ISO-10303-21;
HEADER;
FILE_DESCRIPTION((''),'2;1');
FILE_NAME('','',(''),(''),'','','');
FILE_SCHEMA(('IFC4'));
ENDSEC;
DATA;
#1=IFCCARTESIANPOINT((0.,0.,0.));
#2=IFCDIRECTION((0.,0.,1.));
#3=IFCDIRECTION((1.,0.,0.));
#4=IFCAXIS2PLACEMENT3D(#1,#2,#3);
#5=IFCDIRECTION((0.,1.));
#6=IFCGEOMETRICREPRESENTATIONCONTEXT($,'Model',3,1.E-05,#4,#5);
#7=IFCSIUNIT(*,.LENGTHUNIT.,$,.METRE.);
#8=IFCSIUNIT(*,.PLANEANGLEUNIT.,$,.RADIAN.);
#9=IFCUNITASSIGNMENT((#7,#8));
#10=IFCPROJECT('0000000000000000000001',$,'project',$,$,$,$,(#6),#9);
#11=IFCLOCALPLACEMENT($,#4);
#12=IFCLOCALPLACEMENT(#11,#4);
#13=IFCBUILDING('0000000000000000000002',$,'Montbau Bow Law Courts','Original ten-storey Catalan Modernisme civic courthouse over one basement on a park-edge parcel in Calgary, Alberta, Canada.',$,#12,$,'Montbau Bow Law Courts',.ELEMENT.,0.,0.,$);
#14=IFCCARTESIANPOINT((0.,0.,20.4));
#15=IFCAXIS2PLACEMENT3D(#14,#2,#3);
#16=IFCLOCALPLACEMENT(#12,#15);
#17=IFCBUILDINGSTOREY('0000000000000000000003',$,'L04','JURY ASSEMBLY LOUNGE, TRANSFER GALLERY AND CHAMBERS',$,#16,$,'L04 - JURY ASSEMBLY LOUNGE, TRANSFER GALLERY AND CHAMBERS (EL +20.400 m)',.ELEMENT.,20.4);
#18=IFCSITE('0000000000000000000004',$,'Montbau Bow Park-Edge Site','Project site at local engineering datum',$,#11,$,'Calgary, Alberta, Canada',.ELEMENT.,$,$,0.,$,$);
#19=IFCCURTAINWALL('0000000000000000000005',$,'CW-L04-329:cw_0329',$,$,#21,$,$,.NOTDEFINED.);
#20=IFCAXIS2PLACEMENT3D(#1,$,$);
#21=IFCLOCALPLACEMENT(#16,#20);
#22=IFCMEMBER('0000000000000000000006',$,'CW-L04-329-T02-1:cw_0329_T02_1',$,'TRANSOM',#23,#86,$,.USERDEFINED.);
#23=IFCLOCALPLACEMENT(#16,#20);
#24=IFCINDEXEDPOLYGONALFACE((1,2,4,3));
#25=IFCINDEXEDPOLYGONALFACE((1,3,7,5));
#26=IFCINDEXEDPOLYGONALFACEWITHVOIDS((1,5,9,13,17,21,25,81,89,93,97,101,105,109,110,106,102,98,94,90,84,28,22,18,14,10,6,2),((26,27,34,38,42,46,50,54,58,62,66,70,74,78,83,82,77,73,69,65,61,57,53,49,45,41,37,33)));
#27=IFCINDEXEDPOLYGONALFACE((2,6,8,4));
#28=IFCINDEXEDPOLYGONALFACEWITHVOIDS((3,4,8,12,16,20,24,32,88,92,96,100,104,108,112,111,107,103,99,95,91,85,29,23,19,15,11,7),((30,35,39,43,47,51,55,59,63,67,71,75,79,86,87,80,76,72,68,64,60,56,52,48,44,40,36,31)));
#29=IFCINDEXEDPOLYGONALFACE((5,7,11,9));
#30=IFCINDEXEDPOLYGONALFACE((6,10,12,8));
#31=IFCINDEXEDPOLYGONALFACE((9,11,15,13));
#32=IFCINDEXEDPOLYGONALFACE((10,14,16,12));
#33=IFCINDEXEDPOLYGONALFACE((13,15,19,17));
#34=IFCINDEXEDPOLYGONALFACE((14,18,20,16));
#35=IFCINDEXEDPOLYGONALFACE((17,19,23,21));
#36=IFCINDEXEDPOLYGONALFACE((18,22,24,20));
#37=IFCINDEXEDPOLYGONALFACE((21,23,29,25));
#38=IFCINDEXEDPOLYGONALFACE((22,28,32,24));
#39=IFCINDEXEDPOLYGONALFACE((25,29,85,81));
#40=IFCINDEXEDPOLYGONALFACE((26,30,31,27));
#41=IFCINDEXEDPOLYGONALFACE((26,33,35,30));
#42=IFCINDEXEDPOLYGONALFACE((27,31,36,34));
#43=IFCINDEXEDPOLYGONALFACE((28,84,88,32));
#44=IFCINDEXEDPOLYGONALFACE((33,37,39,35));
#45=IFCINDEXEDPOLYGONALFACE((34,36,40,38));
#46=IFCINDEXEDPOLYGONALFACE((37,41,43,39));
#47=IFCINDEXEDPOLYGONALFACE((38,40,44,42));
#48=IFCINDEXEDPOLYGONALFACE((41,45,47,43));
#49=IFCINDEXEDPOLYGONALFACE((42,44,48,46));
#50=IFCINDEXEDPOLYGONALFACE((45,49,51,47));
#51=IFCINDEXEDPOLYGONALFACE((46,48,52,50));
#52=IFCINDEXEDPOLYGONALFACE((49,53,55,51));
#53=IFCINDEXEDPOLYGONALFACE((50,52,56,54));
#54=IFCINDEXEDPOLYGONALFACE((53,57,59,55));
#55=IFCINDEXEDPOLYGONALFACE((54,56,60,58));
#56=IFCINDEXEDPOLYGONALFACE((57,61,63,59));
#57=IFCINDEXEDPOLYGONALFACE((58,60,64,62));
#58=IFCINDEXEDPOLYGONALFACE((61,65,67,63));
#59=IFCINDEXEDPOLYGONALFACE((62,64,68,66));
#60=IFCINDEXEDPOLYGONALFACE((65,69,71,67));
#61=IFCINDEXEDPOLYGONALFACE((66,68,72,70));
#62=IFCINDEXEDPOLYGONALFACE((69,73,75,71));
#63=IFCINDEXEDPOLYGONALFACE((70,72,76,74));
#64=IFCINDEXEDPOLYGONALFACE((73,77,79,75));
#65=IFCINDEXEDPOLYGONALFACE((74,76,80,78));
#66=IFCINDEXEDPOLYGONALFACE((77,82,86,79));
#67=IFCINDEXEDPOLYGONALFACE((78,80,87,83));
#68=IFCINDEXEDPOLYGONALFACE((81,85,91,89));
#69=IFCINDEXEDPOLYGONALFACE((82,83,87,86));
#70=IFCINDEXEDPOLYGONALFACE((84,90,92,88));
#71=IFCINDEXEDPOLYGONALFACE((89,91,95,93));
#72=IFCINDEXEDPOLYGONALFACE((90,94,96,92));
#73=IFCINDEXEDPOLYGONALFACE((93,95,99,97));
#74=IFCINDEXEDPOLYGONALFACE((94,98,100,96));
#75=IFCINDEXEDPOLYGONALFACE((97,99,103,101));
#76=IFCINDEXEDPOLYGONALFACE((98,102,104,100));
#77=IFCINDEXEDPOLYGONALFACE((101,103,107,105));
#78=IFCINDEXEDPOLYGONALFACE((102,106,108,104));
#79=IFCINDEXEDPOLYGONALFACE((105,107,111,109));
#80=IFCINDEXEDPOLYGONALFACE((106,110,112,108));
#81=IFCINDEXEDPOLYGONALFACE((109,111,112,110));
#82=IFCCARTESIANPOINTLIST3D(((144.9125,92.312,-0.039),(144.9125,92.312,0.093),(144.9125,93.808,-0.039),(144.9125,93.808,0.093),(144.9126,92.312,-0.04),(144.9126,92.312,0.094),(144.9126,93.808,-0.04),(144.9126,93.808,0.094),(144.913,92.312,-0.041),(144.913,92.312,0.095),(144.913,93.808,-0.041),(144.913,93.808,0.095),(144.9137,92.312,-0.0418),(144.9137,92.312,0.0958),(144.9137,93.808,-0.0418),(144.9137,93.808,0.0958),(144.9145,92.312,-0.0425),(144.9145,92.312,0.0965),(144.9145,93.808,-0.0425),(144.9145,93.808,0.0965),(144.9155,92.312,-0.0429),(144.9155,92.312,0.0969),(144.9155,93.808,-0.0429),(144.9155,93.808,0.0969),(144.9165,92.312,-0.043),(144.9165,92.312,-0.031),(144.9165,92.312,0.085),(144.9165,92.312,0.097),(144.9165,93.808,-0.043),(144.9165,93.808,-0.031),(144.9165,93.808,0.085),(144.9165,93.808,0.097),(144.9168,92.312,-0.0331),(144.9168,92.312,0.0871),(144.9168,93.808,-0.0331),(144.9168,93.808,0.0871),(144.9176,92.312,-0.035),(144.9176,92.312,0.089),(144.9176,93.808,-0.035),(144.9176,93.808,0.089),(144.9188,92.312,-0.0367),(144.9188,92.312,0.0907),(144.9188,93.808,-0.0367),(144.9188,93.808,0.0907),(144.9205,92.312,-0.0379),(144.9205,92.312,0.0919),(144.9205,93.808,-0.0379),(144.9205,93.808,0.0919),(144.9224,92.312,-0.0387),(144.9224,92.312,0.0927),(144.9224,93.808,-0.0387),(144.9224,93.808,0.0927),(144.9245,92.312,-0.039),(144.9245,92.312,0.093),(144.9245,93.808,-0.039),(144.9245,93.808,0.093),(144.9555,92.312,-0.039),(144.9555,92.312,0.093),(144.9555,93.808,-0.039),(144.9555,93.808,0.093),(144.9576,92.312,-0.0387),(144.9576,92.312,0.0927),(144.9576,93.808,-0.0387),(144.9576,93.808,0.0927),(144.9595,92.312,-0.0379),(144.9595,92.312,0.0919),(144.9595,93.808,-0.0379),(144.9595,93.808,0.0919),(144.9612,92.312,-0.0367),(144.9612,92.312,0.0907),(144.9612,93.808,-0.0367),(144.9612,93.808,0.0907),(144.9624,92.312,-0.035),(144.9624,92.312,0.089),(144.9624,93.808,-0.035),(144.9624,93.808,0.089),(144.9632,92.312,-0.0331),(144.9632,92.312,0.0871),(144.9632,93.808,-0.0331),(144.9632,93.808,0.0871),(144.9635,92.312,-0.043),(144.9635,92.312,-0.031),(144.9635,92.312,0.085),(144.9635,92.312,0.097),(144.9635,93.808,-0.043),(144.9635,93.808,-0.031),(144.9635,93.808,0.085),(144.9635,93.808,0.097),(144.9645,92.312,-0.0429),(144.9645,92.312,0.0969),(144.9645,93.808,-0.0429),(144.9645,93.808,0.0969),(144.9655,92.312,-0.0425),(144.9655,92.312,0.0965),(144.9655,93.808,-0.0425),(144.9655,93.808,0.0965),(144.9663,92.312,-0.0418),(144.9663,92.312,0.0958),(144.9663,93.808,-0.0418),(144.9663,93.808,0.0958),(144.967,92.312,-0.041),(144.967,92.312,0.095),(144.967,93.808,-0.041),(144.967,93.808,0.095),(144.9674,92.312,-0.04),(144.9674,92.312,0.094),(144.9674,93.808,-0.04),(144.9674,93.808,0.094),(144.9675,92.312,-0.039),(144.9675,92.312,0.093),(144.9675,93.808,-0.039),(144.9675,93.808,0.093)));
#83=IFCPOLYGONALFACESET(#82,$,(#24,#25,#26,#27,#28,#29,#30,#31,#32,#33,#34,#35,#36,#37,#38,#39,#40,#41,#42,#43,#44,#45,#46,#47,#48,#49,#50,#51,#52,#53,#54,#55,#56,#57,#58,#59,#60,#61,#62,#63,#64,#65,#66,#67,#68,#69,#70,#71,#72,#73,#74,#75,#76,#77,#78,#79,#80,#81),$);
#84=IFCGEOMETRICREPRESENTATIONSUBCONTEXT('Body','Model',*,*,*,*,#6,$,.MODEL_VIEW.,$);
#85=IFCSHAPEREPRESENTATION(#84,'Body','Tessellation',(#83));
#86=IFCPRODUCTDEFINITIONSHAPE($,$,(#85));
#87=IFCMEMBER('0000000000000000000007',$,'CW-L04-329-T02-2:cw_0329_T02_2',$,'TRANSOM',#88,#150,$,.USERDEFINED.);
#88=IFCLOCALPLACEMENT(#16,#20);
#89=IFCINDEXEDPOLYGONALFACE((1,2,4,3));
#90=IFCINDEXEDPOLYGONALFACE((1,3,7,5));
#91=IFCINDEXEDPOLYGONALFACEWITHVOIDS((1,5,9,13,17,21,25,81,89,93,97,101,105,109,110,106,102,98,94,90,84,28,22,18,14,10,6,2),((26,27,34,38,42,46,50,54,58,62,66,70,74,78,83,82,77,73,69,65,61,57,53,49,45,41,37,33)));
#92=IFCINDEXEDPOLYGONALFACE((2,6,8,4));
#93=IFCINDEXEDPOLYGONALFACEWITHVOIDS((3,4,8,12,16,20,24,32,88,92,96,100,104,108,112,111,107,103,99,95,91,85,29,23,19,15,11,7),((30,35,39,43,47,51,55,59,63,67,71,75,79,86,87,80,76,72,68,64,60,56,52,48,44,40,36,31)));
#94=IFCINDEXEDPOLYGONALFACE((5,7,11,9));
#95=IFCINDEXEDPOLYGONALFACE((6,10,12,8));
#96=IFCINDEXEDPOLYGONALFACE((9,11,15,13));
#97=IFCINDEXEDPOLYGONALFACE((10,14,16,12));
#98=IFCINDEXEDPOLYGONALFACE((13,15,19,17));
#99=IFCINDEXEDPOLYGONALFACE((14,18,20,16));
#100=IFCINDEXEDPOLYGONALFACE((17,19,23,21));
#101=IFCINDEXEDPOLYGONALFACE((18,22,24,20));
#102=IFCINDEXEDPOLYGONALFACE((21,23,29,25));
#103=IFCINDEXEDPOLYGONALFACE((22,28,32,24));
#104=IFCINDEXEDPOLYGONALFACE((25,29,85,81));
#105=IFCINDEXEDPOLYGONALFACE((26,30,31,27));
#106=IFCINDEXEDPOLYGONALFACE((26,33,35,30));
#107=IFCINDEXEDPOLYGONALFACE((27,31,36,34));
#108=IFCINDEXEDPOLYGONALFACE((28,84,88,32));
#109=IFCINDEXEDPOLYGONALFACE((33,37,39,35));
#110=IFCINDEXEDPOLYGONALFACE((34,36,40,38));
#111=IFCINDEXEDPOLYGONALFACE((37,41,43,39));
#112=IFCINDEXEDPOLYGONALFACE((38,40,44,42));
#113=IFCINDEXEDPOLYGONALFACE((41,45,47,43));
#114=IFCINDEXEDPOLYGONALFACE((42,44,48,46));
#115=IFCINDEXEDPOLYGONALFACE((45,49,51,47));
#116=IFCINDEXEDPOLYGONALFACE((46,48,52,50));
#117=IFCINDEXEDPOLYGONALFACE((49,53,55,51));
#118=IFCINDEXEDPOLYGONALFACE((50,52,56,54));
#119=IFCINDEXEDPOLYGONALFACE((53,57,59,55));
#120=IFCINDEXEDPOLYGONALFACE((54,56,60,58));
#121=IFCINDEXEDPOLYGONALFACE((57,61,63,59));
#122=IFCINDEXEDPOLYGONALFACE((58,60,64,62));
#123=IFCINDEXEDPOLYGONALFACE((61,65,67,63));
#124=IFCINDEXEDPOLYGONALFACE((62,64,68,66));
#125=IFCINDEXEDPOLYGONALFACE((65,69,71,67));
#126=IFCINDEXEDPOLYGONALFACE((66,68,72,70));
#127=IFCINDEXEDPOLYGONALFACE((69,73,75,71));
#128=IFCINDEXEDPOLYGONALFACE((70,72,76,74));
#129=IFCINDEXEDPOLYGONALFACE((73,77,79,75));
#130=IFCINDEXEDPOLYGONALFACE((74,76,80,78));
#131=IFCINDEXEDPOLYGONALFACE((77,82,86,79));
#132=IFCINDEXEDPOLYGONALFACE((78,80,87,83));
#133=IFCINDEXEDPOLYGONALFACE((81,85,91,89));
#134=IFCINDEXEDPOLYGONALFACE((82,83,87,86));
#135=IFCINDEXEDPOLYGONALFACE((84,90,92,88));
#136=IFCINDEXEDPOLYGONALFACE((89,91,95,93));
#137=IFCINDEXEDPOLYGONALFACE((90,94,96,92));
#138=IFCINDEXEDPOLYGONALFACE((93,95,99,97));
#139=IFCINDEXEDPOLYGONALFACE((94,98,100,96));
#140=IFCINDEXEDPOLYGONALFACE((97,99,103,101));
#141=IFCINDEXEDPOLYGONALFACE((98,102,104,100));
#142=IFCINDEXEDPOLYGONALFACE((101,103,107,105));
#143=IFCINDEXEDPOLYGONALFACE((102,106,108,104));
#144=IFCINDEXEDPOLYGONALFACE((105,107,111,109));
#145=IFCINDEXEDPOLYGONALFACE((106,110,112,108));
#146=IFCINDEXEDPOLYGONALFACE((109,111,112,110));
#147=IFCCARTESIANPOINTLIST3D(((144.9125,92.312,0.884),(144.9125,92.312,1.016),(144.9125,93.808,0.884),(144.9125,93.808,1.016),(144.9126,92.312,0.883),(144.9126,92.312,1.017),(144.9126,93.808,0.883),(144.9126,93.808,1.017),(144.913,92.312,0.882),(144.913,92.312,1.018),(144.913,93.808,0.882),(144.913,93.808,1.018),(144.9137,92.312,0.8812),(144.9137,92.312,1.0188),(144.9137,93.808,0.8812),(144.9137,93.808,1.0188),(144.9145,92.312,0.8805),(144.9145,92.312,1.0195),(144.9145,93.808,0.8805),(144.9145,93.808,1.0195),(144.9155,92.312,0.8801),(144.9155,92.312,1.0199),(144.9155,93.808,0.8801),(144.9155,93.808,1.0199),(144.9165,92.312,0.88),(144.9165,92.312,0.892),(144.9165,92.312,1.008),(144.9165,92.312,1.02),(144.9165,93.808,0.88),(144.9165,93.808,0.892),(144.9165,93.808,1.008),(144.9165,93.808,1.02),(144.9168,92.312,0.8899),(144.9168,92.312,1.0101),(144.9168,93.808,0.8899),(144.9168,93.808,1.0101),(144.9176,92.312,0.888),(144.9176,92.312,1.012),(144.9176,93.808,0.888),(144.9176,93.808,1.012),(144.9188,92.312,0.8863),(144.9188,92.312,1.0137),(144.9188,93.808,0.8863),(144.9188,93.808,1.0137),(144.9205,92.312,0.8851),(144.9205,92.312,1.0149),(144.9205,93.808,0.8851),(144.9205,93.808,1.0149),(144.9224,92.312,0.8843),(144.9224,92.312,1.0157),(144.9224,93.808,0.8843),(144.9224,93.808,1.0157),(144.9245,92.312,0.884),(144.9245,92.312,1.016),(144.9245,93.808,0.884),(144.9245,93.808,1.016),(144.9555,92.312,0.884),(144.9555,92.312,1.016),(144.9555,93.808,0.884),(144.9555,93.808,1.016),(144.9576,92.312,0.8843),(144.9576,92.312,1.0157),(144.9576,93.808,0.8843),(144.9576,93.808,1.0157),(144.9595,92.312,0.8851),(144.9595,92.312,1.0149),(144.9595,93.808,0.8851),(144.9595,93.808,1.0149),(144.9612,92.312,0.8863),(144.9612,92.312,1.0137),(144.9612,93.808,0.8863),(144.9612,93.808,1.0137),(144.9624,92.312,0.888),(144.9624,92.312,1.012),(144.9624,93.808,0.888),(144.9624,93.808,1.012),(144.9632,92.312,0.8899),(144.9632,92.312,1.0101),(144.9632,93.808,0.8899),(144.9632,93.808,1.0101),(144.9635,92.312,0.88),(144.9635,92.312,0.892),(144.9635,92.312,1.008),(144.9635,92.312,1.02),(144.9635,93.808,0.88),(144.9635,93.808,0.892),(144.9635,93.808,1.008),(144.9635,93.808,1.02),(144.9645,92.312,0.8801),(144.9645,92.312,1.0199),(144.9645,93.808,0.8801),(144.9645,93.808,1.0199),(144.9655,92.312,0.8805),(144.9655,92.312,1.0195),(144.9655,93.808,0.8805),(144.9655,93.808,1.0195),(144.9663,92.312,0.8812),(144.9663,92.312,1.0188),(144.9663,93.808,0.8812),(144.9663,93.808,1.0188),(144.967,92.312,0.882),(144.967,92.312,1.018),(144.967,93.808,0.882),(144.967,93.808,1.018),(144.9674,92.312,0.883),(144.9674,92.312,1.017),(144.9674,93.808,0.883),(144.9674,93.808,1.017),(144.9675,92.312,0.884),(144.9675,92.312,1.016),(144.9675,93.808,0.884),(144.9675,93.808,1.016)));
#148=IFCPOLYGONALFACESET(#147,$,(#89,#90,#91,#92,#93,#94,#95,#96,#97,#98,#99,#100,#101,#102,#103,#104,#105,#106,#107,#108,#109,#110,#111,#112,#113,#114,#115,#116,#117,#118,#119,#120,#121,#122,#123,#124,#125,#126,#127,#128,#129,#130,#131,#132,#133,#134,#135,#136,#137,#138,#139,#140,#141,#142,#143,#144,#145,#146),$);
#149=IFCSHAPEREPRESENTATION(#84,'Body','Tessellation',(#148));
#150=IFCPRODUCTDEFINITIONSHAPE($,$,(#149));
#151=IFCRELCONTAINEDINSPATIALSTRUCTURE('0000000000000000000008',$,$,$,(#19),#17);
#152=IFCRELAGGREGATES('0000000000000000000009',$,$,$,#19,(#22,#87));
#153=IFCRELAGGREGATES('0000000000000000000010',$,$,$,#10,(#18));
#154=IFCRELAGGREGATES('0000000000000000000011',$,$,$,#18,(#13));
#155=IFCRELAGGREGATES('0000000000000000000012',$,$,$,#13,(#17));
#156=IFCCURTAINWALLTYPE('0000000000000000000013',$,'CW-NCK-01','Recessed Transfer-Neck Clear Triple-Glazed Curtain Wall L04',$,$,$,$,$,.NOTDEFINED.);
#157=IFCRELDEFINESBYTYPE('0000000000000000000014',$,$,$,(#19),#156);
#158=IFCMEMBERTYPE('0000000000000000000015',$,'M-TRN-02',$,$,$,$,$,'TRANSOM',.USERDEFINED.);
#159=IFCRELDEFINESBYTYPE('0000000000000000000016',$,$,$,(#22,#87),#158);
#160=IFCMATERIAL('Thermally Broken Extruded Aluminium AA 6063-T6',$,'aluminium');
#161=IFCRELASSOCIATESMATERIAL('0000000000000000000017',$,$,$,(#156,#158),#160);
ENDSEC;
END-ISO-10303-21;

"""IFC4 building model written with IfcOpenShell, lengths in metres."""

from ifc_helpers import new_model, si_unit, direction, frame, origin_with_axes, origin_2d_with_axis, place, context, subcontext, project, spatial, hollow_rectangle, extrude, material, material_profile, profile_set, type_object, element, aggregate, save


model = new_model("IFC4")

# Units and contexts
model_context = context("Model", 3, precision=1e-05, world=origin_with_axes(), true_north=direction((0.0, 1.0)))
body_context = subcontext(model_context, "Body", "Model", "MODEL_VIEW")
ifc_project = project(units=[si_unit("LENGTHUNIT", "METRE"), si_unit("PLANEANGLEUNIT", "RADIAN")], contexts=[model_context])

# Site, building, storey
site_placement = place(None, origin_with_axes())
site = spatial("IfcSite", under=ifc_project, at=site_placement, Name="Montbau Bow Park-Edge Site", Description="Project site at local engineering datum", LongName="Calgary, Alberta, Canada", CompositionType="ELEMENT", RefElevation=0.0)
building_placement = place(site_placement, origin_with_axes())
building = spatial("IfcBuilding", under=site, at=building_placement, Name="Montbau Bow Law Courts", Description="Original ten-storey Catalan Modernisme civic courthouse over one basement on a park-edge parcel in Calgary, Alberta, Canada.", LongName="Montbau Bow Law Courts", CompositionType="ELEMENT", ElevationOfRefHeight=0.0, ElevationOfTerrain=0.0)
storey_placement = place(building_placement, frame((0.0, 0.0, 20.4), z_axis=(0.0, 0.0, 1.0), x_axis=(1.0, 0.0, 0.0)))
storey = spatial("IfcBuildingStorey", under=building, at=storey_placement, Name="L04", Description="JURY ASSEMBLY LOUNGE, TRANSFER GALLERY AND CHAMBERS", LongName="L04 - JURY ASSEMBLY LOUNGE, TRANSFER GALLERY AND CHAMBERS (EL +20.400 m)", CompositionType="ELEMENT", Elevation=20.4)

# Shared definitions
ifc_material_1 = material(Name="Thermally Broken Extruded Aluminium AA 6063-T6", Category="aluminium")
curtain_wall_type = type_object("IfcCurtainWallType", Name="CW-NCK-01", Description="Recessed Transfer-Neck Clear Triple-Glazed Curtain Wall L04", PredefinedType="NOTDEFINED", material=ifc_material_1)

# Curtain wall
curtain_wall_1_placement = place(None, frame((144.94, 90.72, 20.4), z_axis=(0.0, 0.0, 1.0), x_axis=(1.0, 0.0, 0.0)))
curtain_wall_1 = element("IfcCurtainWall", 1, at=curtain_wall_1_placement, inside=storey, type_object=curtain_wall_type, Name="CW-L04-329:cw_0329", PredefinedType="NOTDEFINED")

# Members
ifc_material_profile_1 = material_profile(ifc_material_1, hollow_rectangle(XDim=0.055, YDim=0.14, WallThickness=0.004, InnerFilletRadius=0.008, OuterFilletRadius=0.004, at=origin_2d_with_axis()), Name="CWT-140X55", Category="Main", Priority=0)
ifc_profile_set_1 = profile_set([ifc_material_profile_1], Name="Thermally Broken Extruded Aluminium AA 6063-T6")
member_type_1 = type_object("IfcMemberType", Name="M-TRN-02", ElementType="TRANSOM", PredefinedType="USERDEFINED", material=ifc_profile_set_1)
member_1_placement = place(None, frame((144.94, 92.312, 20.427), z_axis=(0.0, 1.0, 0.0), x_axis=(-1.0, 0.0, 0.0)))
member_1 = element("IfcMember", 2, at=member_1_placement, type_object=member_type_1, Name="CW-L04-329-T02-1:cw_0329_T02_1", ObjectType="TRANSOM", PredefinedType="USERDEFINED", context=body_context, shape_type="SweptSolid", body=[
    extrude(hollow_rectangle(XDim=0.055, YDim=0.14, WallThickness=0.004, InnerFilletRadius=0.008, OuterFilletRadius=0.004, at=origin_2d_with_axis()), origin_with_axes(), (0.0, 0.0, 1.0), 1.496),
])
member_2_placement = place(None, frame((144.94, 92.312, 21.35), z_axis=(0.0, 1.0, 0.0), x_axis=(-1.0, 0.0, 0.0)))
member_2 = element("IfcMember", 3, at=member_2_placement, type_object=member_type_1, Name="CW-L04-329-T02-2:cw_0329_T02_2", ObjectType="TRANSOM", PredefinedType="USERDEFINED", context=body_context, shape_type="SweptSolid", body=[
    extrude(hollow_rectangle(XDim=0.055, YDim=0.14, WallThickness=0.004, InnerFilletRadius=0.008, OuterFilletRadius=0.004, at=origin_2d_with_axis()), origin_with_axes(), (0.0, 0.0, 1.0), 1.496),
])

aggregate(curtain_wall_1, [member_1, member_2])

save(model, "model.ifc")
